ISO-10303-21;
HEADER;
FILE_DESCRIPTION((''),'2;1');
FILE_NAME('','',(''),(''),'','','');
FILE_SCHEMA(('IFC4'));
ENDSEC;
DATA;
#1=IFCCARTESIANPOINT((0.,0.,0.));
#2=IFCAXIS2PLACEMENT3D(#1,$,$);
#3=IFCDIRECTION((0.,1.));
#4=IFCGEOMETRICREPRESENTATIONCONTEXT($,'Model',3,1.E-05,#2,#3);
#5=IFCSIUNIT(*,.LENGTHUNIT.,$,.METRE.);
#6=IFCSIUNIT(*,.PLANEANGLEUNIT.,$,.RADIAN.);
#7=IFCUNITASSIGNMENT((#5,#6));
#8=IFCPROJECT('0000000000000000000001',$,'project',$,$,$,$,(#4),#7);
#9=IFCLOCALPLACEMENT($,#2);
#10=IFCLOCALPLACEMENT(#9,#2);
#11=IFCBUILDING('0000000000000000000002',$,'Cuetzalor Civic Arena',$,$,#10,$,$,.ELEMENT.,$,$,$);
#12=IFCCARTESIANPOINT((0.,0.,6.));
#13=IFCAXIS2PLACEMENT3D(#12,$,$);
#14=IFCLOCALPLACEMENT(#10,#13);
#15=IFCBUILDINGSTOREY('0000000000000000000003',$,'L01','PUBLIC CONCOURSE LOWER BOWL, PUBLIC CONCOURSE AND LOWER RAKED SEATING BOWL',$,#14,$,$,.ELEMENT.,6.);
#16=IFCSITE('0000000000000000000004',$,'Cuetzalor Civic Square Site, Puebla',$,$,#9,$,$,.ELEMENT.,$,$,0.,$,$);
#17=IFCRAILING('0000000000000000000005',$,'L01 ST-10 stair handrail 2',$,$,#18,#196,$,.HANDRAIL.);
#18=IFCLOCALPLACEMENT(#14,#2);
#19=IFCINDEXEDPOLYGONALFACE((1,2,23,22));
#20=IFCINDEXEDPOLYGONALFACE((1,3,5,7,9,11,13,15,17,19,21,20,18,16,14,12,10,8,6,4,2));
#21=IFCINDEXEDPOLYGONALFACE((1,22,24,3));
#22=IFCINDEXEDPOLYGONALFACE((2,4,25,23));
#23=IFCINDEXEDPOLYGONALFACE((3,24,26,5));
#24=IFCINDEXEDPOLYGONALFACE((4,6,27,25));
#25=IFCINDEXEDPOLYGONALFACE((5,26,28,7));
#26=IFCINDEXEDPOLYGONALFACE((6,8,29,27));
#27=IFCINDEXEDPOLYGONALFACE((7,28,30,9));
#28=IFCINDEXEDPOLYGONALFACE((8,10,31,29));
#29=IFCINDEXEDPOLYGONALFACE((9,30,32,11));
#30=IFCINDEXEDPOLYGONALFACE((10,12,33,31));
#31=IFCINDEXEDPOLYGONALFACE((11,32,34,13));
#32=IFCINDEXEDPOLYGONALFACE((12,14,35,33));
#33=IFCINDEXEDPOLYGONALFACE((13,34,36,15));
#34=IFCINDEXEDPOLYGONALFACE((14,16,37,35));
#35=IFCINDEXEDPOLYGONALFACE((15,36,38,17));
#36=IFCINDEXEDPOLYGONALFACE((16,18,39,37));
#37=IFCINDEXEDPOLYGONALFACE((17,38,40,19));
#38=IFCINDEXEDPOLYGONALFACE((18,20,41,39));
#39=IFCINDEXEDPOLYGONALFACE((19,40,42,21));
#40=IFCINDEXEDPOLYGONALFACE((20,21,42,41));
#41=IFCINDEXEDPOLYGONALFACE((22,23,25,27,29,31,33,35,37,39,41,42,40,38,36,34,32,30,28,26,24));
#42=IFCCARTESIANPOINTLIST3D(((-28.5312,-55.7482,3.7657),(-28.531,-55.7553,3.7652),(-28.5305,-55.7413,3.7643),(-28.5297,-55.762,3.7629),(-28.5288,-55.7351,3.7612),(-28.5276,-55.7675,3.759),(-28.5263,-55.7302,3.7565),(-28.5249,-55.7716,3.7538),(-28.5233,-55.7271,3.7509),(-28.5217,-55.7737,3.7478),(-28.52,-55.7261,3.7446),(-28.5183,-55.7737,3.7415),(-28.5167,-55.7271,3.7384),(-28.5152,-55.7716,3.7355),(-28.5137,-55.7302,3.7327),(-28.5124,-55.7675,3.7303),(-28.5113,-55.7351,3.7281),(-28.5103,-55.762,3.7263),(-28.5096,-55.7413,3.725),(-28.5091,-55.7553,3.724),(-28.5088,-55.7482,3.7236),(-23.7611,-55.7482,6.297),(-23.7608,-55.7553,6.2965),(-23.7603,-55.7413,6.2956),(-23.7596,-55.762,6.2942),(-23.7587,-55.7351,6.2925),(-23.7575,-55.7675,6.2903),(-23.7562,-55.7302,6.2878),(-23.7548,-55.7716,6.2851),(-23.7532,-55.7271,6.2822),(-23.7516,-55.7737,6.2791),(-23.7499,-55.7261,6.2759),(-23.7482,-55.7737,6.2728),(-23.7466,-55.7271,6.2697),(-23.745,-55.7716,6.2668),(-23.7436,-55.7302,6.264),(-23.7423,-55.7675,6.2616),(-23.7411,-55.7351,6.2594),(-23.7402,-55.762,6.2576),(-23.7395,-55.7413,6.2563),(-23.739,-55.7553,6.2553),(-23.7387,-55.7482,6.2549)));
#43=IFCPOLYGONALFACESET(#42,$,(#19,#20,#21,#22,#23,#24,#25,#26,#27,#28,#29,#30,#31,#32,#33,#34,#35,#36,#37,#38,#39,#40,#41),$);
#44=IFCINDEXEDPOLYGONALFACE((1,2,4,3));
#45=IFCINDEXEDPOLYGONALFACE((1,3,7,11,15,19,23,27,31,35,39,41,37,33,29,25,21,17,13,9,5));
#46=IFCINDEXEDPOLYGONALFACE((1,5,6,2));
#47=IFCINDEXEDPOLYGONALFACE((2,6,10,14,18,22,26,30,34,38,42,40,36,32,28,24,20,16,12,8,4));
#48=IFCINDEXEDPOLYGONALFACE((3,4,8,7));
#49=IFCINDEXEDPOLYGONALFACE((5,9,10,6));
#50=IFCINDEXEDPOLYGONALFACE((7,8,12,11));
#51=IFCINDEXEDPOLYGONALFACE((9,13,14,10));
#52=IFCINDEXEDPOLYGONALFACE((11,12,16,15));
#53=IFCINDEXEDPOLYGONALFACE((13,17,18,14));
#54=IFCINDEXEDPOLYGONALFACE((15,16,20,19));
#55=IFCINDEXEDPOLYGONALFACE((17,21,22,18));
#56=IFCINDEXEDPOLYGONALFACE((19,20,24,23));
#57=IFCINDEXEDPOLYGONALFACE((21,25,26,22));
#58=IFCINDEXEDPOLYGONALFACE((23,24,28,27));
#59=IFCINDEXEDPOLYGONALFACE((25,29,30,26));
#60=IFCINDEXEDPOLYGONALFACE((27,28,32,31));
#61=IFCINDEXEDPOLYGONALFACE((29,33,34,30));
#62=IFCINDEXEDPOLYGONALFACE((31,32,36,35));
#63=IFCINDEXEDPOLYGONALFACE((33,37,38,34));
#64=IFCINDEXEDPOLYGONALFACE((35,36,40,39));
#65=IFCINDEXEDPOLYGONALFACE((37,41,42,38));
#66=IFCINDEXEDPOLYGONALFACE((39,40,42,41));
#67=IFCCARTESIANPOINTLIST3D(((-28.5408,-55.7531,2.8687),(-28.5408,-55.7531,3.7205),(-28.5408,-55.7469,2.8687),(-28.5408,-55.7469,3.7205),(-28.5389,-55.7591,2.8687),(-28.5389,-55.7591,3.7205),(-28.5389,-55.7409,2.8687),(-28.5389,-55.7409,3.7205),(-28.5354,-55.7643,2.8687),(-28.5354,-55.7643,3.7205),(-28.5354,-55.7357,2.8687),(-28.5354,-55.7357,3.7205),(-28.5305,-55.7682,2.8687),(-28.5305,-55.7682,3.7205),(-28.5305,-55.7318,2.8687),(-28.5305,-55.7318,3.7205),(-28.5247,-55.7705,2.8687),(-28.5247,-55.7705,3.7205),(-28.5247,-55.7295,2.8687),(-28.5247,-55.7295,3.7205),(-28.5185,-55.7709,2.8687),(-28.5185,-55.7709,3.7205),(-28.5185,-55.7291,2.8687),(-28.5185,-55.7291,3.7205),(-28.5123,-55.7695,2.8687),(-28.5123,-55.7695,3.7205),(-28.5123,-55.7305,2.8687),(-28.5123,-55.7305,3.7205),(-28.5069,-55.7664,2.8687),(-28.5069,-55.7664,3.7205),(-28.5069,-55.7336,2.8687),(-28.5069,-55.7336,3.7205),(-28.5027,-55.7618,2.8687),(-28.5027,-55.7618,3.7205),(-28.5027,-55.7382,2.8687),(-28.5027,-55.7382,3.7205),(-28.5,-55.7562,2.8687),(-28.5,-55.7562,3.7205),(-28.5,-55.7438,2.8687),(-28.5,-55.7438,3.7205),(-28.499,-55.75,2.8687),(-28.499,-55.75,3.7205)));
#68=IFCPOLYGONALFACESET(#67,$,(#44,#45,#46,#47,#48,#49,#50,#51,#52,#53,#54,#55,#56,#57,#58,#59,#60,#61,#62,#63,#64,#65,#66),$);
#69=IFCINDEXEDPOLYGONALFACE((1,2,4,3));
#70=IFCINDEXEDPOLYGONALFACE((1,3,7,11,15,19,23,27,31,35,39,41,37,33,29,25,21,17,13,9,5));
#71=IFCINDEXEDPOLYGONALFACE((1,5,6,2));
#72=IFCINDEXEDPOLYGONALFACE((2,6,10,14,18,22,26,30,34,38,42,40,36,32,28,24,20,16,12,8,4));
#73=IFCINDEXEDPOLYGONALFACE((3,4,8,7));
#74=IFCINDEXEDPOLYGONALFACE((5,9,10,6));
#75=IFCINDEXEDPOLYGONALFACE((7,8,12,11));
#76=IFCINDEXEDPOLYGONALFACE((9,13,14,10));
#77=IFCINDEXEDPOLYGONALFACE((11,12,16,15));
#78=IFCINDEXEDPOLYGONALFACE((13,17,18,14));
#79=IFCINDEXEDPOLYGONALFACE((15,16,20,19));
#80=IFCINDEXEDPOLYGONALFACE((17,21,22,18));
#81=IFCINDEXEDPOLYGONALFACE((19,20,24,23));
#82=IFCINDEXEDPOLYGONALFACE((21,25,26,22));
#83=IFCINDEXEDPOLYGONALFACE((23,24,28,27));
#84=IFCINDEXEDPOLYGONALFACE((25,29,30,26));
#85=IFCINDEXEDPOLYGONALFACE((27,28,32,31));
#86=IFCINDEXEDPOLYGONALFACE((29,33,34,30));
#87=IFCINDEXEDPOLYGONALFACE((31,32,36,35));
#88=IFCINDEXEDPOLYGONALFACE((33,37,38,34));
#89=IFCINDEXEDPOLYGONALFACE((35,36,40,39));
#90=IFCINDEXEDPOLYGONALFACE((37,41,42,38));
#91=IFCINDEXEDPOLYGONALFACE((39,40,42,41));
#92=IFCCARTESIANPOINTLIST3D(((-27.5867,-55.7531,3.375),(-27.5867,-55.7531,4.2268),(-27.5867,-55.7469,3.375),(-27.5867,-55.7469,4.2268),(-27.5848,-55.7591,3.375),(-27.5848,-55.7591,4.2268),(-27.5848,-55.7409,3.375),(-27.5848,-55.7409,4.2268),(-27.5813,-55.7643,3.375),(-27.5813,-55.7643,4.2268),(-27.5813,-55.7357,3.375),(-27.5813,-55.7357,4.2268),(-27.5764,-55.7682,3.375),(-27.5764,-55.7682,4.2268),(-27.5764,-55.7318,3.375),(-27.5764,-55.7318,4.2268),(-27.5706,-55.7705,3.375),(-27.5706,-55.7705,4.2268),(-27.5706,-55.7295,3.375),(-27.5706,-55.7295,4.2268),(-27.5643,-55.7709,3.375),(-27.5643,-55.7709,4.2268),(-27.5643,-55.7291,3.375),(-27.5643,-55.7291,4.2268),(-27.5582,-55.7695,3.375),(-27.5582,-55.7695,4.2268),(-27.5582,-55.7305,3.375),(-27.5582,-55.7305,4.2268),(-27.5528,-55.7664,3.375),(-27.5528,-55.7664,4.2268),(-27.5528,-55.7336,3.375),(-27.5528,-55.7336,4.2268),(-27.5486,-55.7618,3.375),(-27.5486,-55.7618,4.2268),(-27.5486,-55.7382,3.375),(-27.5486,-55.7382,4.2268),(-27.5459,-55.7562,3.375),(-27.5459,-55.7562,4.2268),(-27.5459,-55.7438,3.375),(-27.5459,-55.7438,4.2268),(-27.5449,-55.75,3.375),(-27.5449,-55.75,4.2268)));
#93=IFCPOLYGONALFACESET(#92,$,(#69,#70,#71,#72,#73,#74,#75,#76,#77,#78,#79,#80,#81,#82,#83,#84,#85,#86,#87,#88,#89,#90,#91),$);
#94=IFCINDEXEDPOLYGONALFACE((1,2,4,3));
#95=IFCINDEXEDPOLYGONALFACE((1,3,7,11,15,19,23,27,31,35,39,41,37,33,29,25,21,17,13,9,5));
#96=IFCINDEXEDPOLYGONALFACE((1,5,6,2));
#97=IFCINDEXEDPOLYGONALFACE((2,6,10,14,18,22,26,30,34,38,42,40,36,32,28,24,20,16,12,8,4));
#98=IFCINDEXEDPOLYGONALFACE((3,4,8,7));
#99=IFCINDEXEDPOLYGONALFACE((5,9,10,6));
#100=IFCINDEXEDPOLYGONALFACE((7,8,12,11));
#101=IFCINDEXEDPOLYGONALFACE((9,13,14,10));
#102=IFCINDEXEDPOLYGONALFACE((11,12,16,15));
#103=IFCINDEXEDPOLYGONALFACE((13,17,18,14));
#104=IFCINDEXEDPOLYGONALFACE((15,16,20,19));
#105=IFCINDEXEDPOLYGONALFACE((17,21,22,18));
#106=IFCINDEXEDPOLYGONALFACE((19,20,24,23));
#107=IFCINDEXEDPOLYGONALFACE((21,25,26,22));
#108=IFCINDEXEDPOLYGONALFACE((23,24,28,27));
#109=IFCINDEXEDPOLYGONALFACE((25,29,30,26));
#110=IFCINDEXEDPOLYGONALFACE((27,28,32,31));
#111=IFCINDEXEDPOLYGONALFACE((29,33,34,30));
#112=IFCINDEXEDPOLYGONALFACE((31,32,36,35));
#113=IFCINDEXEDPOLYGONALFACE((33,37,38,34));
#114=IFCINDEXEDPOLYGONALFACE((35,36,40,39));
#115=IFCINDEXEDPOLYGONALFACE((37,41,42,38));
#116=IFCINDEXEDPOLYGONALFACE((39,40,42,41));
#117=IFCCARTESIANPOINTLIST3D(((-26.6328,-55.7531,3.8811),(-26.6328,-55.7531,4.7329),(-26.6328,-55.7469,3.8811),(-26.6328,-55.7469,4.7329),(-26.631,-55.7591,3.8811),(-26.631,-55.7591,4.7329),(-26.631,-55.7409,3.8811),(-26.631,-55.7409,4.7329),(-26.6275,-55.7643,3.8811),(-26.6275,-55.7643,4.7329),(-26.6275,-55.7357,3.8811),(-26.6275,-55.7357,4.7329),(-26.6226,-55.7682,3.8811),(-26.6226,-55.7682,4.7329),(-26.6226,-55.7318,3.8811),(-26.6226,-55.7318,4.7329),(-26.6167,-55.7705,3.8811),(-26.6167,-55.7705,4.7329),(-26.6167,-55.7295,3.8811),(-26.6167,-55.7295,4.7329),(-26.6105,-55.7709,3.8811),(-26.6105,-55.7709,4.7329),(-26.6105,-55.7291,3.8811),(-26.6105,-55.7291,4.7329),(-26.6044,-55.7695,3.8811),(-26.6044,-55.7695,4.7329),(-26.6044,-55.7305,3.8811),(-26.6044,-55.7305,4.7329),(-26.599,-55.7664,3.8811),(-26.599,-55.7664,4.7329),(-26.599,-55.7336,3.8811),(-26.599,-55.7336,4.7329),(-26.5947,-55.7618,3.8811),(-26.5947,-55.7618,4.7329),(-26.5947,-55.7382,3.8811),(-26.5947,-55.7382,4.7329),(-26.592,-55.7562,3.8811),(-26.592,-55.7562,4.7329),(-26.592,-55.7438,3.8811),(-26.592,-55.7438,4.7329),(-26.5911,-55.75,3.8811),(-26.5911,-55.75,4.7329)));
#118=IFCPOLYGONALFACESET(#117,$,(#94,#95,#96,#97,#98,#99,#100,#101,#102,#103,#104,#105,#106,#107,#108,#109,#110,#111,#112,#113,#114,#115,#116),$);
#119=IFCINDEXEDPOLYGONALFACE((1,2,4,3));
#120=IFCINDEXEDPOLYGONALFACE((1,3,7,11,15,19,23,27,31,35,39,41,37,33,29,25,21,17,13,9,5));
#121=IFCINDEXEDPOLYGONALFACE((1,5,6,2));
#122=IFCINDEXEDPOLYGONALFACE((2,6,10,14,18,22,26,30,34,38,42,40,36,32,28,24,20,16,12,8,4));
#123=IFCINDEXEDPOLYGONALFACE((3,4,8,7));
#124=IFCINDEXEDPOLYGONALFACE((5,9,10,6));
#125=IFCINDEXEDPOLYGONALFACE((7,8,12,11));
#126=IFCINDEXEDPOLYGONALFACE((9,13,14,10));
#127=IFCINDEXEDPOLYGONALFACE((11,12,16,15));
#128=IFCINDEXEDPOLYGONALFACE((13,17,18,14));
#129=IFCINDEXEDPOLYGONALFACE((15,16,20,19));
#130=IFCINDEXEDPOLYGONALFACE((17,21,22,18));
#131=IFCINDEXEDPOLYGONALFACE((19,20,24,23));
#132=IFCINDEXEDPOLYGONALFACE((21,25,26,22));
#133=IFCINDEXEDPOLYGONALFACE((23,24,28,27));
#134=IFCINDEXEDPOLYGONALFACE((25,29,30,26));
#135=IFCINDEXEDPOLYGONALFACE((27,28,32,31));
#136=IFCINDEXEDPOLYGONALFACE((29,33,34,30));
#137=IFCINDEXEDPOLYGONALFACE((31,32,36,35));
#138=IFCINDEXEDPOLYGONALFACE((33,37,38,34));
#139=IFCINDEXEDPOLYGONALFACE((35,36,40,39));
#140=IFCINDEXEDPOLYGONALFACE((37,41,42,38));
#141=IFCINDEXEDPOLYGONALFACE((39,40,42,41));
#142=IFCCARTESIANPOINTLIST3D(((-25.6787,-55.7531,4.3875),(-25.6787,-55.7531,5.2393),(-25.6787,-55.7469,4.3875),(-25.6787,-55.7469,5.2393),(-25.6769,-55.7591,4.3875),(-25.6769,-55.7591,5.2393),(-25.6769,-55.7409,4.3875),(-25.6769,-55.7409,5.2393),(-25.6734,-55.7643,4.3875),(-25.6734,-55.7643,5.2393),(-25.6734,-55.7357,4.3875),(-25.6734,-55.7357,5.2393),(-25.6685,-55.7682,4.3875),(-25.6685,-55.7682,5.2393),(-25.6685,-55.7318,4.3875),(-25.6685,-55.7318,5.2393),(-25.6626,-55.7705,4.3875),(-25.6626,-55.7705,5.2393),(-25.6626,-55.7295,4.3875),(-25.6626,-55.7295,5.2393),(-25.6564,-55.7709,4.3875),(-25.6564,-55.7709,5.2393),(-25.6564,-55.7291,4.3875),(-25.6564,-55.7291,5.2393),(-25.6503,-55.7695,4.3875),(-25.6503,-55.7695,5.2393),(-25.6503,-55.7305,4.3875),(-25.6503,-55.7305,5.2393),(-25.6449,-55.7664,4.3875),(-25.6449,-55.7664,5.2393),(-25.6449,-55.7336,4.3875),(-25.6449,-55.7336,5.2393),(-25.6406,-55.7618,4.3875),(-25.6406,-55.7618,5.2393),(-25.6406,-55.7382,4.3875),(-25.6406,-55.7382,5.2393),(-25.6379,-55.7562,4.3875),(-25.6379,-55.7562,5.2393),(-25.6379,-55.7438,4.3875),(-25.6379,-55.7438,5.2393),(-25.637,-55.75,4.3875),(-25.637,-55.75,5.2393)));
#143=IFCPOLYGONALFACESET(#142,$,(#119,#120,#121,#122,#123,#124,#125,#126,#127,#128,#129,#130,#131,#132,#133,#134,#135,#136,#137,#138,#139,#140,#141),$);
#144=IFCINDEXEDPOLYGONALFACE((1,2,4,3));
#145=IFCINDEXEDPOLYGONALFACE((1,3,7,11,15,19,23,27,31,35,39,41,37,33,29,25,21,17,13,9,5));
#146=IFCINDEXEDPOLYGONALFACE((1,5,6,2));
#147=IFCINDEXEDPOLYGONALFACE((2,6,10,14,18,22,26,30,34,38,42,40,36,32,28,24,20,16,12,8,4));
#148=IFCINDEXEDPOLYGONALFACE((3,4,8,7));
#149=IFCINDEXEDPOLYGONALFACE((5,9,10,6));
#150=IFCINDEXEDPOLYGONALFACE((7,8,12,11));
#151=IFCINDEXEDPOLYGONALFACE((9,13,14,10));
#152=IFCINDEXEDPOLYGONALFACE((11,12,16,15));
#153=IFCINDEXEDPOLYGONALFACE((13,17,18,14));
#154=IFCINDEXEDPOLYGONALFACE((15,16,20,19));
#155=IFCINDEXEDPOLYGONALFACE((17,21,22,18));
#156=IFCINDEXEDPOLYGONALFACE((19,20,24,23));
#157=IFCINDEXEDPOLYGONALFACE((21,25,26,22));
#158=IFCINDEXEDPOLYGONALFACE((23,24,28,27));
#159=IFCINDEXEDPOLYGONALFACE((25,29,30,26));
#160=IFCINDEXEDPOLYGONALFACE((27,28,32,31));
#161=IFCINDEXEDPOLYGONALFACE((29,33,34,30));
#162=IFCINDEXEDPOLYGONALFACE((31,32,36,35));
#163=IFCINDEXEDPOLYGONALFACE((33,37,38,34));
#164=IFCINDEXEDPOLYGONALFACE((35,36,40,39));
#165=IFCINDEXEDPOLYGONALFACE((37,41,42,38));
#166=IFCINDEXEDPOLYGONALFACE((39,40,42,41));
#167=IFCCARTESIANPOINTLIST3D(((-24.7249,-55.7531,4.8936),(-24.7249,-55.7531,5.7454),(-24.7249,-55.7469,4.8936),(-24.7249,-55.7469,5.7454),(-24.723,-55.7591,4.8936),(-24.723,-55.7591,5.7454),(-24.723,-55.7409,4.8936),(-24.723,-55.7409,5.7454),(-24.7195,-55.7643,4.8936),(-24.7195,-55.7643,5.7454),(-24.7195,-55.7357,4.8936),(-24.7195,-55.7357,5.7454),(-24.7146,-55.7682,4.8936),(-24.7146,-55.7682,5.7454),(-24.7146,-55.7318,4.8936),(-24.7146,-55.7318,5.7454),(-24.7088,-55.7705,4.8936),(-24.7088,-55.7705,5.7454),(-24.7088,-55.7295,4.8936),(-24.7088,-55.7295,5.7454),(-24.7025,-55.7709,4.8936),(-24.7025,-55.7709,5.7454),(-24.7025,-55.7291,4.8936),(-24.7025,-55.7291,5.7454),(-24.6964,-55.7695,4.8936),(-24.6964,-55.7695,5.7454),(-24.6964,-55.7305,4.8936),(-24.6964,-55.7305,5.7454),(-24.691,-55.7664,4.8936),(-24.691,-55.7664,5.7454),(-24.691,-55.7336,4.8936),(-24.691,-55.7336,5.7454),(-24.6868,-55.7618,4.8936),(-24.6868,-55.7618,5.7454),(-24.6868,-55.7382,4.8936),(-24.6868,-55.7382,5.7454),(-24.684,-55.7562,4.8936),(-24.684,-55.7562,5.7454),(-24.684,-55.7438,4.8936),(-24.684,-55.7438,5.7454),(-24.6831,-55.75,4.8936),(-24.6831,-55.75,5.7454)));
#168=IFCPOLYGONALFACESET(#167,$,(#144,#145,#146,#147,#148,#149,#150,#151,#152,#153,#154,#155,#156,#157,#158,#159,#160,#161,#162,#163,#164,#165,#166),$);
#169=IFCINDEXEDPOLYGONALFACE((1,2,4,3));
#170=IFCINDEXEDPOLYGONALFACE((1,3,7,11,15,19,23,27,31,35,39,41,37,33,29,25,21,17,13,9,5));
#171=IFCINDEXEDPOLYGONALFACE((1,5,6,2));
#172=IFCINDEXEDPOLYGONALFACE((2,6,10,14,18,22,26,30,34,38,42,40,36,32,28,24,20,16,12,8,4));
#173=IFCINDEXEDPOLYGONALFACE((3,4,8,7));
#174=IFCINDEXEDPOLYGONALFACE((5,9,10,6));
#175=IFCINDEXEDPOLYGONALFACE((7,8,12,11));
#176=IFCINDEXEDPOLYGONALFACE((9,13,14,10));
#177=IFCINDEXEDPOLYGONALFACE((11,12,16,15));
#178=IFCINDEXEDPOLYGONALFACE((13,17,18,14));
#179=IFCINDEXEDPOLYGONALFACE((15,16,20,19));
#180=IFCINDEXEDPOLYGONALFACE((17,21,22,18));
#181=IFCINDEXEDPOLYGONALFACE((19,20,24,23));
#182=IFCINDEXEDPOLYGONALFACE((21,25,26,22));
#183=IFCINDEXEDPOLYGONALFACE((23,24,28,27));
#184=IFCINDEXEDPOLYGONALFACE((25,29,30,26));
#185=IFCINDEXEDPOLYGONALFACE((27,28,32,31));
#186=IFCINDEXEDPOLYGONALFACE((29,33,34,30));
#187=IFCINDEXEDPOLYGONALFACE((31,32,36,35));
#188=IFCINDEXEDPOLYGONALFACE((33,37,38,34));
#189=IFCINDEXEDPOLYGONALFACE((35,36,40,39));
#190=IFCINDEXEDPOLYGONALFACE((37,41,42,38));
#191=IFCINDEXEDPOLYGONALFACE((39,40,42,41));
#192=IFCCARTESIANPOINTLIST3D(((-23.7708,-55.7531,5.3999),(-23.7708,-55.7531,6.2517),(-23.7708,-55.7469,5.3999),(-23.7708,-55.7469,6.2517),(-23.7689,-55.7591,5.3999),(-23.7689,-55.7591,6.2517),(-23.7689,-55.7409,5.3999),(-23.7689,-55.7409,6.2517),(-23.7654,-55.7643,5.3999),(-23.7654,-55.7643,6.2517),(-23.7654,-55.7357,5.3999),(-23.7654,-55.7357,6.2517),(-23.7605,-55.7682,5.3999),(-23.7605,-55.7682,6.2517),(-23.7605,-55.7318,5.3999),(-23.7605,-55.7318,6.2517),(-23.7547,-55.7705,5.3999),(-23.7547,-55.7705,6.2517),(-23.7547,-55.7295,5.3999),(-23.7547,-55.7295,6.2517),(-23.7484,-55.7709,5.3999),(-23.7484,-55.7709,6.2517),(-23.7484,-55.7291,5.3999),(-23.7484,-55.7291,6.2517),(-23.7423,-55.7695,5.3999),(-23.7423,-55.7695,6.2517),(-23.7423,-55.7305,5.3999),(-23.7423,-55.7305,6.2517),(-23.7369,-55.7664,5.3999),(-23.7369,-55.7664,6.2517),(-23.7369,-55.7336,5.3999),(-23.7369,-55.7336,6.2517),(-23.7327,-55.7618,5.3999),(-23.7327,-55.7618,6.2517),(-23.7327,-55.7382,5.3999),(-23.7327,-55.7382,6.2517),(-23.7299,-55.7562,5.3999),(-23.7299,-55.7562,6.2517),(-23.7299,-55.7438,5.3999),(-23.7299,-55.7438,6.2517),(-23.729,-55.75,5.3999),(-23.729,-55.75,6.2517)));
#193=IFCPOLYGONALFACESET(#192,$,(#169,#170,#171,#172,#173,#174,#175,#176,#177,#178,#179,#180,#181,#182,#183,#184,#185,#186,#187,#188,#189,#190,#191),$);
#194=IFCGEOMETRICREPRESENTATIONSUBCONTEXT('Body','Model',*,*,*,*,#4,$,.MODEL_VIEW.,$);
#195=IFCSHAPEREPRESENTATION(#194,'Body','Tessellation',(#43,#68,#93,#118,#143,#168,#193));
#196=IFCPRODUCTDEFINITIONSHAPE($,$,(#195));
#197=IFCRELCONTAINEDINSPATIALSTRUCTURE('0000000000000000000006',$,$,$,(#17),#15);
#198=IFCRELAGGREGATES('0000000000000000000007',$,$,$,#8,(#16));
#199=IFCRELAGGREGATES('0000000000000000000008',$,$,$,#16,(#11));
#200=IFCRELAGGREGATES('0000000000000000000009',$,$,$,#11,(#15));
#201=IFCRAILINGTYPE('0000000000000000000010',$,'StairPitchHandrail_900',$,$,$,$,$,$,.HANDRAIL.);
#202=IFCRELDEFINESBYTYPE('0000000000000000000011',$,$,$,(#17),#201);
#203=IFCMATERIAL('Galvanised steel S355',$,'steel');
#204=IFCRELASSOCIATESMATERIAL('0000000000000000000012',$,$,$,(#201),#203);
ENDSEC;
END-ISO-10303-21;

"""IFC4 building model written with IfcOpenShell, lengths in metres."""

from ifc_helpers import new_model, si_unit, direction, frame, origin, origin_2d, place, context, subcontext, project, spatial, circle, extrude, material, type_object, element, save


model = new_model("IFC4")

# Units and contexts
model_context = context("Model", 3, precision=1e-05, world=origin(), true_north=direction((0.0, 1.0)))
body_context = subcontext(model_context, "Body", "Model", "MODEL_VIEW")
ifc_project = project(units=[si_unit("LENGTHUNIT", "METRE"), si_unit("PLANEANGLEUNIT", "RADIAN")], contexts=[model_context])

# Site, building, storey
site_placement = place(None, origin())
site = spatial("IfcSite", under=ifc_project, at=site_placement, Name="Cuetzalor Civic Square Site, Puebla", CompositionType="ELEMENT", RefElevation=0.0)
building_placement = place(site_placement, origin())
building = spatial("IfcBuilding", under=site, at=building_placement, Name="Cuetzalor Civic Arena", CompositionType="ELEMENT")
storey_placement = place(building_placement, frame((0.0, 0.0, 6.0)))
storey = spatial("IfcBuildingStorey", under=building, at=storey_placement, Name="L01", Description="PUBLIC CONCOURSE LOWER BOWL, PUBLIC CONCOURSE AND LOWER RAKED SEATING BOWL", CompositionType="ELEMENT", Elevation=6.0)

# Railing
ifc_material_1 = material(Name="Galvanised steel S355", Category="steel")
railing_type_1 = type_object("IfcRailingType", Name="StairPitchHandrail_900", PredefinedType="HANDRAIL", material=ifc_material_1)
railing_1_placement = place(storey_placement, frame((-28.52, -55.75, 2.8687)))
element("IfcRailing", 1, at=railing_1_placement, inside=storey, type_object=railing_type_1, Name="L01 ST-10 stair handrail 2", PredefinedType="HANDRAIL", context=body_context, shape_type="SweptSolid", body=[
    extrude(circle(Radius=0.0239, at=origin_2d()), frame((0.0, 0.0, 0.876), z_axis=(0.883332, 0.0, 0.468747), x_axis=(0.0, 1.0, 0.0)), (0.0, 0.0, 1.0), 5.4001),
    extrude(circle(Radius=0.021, at=origin_2d()), origin(), (0.0, 0.0, 1.0), 0.8518),
    extrude(circle(Radius=0.021, at=origin_2d()), frame((0.9541, 0.0, 0.5063)), (0.0, 0.0, 1.0), 0.8518),
    extrude(circle(Radius=0.021, at=origin_2d()), frame((1.908, 0.0, 1.0125)), (0.0, 0.0, 1.0), 0.8518),
    extrude(circle(Radius=0.021, at=origin_2d()), frame((2.8621, 0.0, 1.5188)), (0.0, 0.0, 1.0), 0.8518),
    extrude(circle(Radius=0.021, at=origin_2d()), frame((3.8159, 0.0, 2.0249)), (0.0, 0.0, 1.0), 0.8518),
    extrude(circle(Radius=0.021, at=origin_2d()), frame((4.77, 0.0, 2.5312)), (0.0, 0.0, 1.0), 0.8518),
])

save(model, "model.ifc")
